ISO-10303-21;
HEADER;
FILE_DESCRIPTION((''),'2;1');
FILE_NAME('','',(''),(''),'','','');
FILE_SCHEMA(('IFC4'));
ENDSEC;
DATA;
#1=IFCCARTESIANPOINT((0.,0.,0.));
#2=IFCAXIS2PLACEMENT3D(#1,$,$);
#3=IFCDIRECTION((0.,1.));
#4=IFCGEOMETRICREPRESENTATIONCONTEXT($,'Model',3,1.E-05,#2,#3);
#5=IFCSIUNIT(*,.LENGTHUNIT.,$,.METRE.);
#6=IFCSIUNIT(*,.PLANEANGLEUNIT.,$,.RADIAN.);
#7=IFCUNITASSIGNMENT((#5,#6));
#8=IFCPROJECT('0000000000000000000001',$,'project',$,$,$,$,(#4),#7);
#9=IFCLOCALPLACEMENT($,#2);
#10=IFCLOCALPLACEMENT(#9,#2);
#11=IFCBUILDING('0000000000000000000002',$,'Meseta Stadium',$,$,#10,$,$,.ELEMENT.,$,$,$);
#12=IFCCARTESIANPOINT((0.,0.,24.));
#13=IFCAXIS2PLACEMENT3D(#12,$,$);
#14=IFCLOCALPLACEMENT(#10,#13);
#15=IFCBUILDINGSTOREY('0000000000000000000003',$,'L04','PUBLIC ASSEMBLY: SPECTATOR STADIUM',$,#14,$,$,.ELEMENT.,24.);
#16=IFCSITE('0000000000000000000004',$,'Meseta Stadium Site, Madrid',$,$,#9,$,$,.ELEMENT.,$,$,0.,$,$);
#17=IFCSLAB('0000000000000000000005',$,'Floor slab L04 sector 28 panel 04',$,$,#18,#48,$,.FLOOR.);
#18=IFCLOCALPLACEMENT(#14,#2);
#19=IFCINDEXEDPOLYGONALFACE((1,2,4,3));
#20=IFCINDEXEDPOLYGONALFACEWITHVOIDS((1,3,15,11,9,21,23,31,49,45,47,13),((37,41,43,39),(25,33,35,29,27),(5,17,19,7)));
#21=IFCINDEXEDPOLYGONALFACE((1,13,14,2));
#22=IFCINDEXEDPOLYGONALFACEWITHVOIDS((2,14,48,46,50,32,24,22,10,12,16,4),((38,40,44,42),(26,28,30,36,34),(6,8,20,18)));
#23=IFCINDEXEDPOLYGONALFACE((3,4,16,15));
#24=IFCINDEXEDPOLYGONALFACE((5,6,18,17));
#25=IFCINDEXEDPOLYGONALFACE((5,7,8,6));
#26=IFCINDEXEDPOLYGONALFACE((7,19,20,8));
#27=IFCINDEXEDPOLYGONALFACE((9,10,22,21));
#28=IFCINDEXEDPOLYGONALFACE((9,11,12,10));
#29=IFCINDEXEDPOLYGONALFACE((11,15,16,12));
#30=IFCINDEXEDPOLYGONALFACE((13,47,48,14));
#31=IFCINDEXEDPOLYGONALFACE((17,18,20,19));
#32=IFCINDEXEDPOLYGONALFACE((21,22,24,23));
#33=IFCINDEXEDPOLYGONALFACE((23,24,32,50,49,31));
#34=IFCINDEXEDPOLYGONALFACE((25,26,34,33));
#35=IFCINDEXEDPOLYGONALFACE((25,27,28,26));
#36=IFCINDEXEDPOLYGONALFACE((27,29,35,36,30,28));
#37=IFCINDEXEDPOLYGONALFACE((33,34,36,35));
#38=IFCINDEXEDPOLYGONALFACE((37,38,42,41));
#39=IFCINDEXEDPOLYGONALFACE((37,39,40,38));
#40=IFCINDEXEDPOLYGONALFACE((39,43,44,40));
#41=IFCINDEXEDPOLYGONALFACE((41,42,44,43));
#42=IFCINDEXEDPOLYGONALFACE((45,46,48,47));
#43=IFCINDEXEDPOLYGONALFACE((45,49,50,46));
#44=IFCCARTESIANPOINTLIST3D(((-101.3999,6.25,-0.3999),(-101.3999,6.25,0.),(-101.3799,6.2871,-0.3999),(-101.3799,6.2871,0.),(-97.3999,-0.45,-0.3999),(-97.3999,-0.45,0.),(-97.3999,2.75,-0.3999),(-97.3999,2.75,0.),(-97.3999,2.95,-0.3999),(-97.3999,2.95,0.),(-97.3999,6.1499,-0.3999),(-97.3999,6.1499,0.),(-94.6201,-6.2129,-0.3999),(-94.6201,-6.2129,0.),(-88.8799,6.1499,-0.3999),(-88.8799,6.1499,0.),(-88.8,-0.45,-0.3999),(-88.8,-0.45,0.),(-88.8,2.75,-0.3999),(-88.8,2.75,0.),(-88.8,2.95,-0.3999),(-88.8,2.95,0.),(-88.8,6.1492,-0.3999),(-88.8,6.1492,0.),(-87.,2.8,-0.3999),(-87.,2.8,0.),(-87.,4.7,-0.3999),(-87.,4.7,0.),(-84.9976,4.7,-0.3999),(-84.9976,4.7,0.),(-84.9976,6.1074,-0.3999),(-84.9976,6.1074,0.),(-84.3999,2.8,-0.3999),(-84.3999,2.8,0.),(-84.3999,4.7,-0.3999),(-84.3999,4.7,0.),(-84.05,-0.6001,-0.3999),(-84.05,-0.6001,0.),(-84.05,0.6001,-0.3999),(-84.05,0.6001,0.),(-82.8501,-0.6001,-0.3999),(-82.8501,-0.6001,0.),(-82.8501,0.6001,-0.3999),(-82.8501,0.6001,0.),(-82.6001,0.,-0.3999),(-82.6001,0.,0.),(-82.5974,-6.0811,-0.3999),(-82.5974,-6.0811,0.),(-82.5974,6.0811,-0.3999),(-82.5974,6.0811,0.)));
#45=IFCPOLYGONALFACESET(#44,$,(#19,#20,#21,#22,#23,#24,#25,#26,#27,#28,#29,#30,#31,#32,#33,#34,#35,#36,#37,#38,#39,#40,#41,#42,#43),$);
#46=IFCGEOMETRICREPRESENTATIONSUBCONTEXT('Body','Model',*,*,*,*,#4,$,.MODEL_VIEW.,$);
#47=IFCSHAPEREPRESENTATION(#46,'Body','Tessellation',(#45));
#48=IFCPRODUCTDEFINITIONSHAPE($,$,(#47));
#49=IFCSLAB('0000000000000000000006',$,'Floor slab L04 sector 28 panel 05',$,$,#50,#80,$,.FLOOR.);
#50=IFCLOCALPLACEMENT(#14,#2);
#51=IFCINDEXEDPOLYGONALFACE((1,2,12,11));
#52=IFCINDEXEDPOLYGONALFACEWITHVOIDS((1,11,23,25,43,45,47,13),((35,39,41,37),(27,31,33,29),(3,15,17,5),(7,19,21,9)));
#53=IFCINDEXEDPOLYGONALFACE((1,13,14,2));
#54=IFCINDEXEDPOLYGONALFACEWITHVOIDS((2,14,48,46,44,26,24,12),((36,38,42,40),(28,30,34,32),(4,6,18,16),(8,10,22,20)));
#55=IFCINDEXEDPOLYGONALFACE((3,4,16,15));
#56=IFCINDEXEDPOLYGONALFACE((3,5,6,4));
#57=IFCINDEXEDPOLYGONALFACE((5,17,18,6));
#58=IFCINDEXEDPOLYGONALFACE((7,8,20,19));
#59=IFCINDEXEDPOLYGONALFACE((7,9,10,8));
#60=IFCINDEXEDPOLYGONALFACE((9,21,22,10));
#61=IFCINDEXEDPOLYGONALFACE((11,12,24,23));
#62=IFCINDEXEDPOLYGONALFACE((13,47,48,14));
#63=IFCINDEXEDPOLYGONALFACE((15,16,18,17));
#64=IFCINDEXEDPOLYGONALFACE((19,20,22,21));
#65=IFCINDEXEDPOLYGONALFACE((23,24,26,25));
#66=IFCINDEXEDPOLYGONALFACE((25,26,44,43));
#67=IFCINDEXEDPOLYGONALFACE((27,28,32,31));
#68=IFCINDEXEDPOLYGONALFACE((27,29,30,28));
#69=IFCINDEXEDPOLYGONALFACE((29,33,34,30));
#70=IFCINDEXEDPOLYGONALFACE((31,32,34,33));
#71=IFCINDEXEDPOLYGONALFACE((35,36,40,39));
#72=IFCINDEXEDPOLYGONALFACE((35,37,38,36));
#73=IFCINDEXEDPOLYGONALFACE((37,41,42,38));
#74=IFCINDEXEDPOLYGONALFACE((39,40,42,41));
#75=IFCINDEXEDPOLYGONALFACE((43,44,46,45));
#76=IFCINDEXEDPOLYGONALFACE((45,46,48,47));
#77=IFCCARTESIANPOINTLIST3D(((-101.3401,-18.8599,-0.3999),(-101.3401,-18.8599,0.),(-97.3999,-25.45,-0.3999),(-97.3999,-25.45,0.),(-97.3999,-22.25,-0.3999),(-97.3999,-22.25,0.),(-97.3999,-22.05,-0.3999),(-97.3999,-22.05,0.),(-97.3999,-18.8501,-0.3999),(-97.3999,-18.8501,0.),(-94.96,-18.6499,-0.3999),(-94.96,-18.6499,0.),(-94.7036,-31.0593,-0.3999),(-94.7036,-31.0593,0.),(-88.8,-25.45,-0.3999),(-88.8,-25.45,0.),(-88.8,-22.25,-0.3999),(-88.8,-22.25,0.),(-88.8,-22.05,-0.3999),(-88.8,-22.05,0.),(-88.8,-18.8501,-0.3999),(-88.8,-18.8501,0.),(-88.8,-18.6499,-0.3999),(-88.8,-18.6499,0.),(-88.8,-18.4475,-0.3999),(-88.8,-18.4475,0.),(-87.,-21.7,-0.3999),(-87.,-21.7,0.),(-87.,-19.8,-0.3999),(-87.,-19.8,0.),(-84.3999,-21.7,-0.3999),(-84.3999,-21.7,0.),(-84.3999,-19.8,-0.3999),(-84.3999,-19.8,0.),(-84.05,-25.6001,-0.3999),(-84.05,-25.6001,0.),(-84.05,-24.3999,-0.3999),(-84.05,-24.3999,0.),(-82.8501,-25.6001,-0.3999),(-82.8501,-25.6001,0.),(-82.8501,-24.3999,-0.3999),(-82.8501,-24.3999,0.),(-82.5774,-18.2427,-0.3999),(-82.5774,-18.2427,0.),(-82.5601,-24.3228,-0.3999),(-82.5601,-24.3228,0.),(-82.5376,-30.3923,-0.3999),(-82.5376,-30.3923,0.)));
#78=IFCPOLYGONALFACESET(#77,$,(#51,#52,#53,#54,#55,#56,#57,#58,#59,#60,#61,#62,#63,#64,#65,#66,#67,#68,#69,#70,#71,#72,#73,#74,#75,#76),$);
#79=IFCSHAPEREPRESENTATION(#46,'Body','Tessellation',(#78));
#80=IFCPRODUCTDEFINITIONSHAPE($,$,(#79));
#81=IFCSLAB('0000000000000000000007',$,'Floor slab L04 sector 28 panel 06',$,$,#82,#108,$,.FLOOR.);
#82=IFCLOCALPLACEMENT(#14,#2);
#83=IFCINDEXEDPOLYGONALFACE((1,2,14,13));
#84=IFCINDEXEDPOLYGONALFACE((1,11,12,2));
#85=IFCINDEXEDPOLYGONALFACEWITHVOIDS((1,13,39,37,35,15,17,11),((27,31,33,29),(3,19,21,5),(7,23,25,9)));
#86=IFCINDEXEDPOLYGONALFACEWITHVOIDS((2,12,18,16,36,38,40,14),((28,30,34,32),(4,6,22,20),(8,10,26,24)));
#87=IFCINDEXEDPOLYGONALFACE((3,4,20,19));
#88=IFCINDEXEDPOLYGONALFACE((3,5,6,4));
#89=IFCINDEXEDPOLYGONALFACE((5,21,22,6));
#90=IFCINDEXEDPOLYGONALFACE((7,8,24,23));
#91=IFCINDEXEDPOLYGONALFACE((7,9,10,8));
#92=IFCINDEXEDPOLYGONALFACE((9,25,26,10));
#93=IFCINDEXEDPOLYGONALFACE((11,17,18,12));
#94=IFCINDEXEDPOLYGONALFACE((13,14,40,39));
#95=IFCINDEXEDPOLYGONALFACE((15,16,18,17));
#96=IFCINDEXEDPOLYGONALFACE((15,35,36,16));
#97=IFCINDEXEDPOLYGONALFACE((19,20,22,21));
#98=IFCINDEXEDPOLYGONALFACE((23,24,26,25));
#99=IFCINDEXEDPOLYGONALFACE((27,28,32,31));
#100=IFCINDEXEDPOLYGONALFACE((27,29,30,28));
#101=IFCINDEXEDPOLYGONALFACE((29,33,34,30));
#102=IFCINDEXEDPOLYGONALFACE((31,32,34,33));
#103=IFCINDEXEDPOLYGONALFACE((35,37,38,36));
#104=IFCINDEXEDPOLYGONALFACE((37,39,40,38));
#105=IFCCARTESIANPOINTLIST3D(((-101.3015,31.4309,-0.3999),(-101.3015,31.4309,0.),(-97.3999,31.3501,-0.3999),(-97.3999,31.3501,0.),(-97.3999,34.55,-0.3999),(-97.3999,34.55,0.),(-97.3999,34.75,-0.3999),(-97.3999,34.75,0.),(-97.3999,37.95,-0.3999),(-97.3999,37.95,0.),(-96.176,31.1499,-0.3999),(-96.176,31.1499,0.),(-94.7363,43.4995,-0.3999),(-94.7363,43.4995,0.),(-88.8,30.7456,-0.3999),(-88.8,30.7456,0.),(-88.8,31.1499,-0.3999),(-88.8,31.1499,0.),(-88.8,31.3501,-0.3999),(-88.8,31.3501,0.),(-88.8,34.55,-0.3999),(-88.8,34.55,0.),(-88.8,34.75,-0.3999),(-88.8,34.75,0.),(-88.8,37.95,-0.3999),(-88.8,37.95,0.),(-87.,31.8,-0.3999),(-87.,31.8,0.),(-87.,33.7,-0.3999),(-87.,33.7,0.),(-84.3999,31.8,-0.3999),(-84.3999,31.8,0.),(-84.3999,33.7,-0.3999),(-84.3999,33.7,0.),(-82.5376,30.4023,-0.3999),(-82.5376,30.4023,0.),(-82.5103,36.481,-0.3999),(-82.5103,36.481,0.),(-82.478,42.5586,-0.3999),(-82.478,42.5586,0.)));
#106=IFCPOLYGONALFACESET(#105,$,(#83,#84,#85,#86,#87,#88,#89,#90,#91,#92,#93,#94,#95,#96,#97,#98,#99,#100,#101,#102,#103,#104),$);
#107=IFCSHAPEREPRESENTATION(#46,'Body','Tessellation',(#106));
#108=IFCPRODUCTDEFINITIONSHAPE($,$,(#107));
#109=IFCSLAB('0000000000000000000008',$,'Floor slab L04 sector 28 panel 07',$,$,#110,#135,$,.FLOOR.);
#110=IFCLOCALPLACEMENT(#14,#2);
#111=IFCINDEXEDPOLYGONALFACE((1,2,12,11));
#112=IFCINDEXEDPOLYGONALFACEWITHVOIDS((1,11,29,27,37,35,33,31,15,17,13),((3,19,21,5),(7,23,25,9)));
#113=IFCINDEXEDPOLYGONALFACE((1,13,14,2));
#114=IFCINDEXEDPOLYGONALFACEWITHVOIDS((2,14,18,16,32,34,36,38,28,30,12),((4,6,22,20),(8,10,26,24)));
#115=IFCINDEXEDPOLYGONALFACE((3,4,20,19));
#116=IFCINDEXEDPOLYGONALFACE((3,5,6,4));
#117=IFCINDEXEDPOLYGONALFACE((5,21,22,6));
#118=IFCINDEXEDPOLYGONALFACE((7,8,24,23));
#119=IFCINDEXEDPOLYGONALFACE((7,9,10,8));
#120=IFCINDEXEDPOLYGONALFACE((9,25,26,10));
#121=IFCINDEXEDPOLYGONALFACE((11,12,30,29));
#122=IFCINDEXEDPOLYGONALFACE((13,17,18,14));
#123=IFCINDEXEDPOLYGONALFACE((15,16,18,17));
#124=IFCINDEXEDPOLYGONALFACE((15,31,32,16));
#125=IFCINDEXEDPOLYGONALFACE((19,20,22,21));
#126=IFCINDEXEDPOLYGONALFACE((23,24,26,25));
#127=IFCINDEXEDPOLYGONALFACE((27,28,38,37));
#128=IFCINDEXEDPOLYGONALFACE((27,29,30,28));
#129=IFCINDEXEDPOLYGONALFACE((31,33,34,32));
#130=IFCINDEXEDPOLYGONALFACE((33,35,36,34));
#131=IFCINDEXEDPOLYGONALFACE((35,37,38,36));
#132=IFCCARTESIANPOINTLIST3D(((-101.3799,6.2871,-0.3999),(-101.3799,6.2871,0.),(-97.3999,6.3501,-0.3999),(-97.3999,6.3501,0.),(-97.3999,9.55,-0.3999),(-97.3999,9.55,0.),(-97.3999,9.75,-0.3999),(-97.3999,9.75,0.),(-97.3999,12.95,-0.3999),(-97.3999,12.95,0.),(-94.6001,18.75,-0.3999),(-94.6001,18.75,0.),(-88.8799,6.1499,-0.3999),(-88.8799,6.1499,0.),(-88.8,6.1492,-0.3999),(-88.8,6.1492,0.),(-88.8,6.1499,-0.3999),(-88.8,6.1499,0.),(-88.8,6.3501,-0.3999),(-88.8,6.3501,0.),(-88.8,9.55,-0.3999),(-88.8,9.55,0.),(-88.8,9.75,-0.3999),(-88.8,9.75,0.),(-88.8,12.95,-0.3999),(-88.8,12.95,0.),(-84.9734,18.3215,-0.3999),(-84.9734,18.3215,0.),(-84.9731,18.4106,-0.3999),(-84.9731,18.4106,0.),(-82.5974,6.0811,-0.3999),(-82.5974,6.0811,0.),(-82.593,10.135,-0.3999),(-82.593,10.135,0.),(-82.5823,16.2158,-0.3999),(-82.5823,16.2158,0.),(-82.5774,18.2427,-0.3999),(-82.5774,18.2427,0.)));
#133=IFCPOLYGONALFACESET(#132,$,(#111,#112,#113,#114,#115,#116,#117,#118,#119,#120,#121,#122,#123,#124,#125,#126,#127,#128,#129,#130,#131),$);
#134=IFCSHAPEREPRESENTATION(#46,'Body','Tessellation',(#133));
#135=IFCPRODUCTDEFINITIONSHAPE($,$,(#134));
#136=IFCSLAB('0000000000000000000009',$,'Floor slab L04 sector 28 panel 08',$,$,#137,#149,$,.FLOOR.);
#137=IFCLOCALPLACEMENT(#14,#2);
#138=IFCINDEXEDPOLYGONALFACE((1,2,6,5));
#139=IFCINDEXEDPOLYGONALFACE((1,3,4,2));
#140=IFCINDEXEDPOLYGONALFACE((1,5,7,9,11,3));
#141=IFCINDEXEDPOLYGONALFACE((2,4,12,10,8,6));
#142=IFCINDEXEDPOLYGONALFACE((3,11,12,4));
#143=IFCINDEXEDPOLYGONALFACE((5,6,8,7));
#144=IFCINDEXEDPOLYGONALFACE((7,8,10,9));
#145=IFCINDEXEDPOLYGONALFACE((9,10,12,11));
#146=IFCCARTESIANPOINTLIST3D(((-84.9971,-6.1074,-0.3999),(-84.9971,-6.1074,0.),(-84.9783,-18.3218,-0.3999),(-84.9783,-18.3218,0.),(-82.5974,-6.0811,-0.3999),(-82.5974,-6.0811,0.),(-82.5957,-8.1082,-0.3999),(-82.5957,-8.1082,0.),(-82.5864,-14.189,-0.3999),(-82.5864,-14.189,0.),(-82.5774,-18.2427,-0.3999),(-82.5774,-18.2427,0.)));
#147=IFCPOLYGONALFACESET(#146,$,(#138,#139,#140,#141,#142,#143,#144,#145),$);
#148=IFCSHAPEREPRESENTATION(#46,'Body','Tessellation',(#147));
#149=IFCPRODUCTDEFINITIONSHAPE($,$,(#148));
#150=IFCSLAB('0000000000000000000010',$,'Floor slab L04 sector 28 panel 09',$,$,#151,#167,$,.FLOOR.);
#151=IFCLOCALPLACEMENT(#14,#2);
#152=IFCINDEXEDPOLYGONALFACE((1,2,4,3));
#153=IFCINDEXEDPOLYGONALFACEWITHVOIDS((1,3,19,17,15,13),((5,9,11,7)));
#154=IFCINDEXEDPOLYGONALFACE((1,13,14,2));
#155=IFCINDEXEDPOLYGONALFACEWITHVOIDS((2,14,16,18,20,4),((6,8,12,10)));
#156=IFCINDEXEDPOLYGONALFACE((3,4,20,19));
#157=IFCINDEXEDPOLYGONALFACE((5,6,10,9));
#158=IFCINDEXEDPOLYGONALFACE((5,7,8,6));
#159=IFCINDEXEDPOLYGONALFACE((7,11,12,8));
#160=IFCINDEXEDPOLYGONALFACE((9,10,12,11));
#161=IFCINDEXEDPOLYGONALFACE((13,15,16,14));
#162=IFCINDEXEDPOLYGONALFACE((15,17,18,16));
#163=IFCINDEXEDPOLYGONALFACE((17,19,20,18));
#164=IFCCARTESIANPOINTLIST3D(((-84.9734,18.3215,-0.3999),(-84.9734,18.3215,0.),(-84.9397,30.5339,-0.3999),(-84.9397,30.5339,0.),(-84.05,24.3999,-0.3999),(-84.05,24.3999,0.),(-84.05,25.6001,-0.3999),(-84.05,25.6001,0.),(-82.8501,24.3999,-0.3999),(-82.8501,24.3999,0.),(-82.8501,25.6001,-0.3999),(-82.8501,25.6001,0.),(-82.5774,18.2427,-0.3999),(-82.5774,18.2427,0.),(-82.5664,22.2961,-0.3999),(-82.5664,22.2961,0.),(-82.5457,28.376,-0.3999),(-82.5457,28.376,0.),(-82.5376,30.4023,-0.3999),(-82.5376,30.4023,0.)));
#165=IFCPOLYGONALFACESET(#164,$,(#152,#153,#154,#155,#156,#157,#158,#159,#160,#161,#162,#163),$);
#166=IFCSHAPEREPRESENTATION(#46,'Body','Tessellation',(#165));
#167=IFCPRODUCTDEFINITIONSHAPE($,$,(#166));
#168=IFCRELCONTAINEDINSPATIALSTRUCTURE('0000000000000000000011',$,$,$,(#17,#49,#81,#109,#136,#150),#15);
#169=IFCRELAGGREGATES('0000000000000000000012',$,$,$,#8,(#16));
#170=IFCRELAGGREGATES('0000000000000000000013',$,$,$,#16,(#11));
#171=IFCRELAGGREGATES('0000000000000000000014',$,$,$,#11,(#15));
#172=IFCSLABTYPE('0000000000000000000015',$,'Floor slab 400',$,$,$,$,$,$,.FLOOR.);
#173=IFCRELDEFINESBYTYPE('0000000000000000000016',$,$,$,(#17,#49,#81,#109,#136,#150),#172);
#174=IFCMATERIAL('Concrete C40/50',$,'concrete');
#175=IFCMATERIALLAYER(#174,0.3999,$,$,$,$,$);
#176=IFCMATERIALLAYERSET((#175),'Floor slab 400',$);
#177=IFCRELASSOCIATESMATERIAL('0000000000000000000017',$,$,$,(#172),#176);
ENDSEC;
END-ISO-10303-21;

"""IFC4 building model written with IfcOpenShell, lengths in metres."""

from ifc_helpers import new_model, si_unit, direction, frame, origin, place, context, subcontext, project, spatial, polyline, outline, extrude, material, layer, layer_set, type_object, element, save


model = new_model("IFC4")

# Units and contexts
model_context = context("Model", 3, precision=1e-05, world=origin(), true_north=direction((0.0, 1.0)))
body_context = subcontext(model_context, "Body", "Model", "MODEL_VIEW")
ifc_project = project(units=[si_unit("LENGTHUNIT", "METRE"), si_unit("PLANEANGLEUNIT", "RADIAN")], contexts=[model_context])

# Site, building, storey
site_placement = place(None, origin())
site = spatial("IfcSite", under=ifc_project, at=site_placement, Name="Meseta Stadium Site, Madrid", CompositionType="ELEMENT", RefElevation=0.0)
building_placement = place(site_placement, origin())
building = spatial("IfcBuilding", under=site, at=building_placement, Name="Meseta Stadium", CompositionType="ELEMENT")
storey_placement = place(building_placement, frame((0.0, 0.0, 24.0)))
storey = spatial("IfcBuildingStorey", under=building, at=storey_placement, Name="L04", Description="PUBLIC ASSEMBLY: SPECTATOR STADIUM", CompositionType="ELEMENT", Elevation=24.0)

# Slabs
ifc_material = material(Name="Concrete C40/50", Category="concrete")
ifc_layer = layer(ifc_material, 0.3999)
ifc_layer_set = layer_set([ifc_layer], Name="Floor slab 400")
slab_type = type_object("IfcSlabType", Name="Floor slab 400", PredefinedType="FLOOR", material=ifc_layer_set)
slab_1_placement = place(storey_placement, frame((0.0, 0.0, -0.3999)))
element("IfcSlab", 1, at=slab_1_placement, inside=storey, type_object=slab_type, Name="Floor slab L04 sector 28 panel 04", PredefinedType="FLOOR", context=body_context, shape_type="SweptSolid", body=[
    extrude(outline(polyline([(-88.8799, 6.1499), (-101.3799, 6.2871), (-101.3999, 6.25), (-94.6201, -6.2129), (-82.5974, -6.0811), (-82.6001, 0.0), (-82.5974, 6.0811), (-84.9976, 6.1074), (-88.8, 6.1492), (-88.8, 2.95), (-97.3999, 2.95), (-97.3999, 6.1499), (-88.8799, 6.1499)]), holes=[polyline([(-87.0, 4.7), (-84.9976, 4.7), (-84.3999, 4.7), (-84.3999, 2.8), (-87.0, 2.8), (-87.0, 4.7)]), polyline([(-88.8, -0.45), (-97.3999, -0.45), (-97.3999, 2.75), (-88.8, 2.75), (-88.8, -0.45)]), polyline([(-82.8501, -0.6001), (-84.05, -0.6001), (-84.05, 0.6001), (-82.8501, 0.6001), (-82.8501, -0.6001)])]), origin(), (0.0, 0.0, 1.0), 0.3999),
])
slab_2_placement = place(storey_placement, frame((0.0, 0.0, -0.3999)))
element("IfcSlab", 2, at=slab_2_placement, inside=storey, type_object=slab_type, Name="Floor slab L04 sector 28 panel 05", PredefinedType="FLOOR", context=body_context, shape_type="SweptSolid", body=[
    extrude(outline(polyline([(-94.96, -18.6499), (-101.3401, -18.8599), (-94.7036, -31.0593), (-82.5376, -30.3923), (-82.5601, -24.3228), (-82.5774, -18.2427), (-88.8, -18.4475), (-88.8, -18.6499), (-94.96, -18.6499)]), holes=[polyline([(-87.0, -21.7), (-87.0, -19.8), (-84.3999, -19.8), (-84.3999, -21.7), (-87.0, -21.7)]), polyline([(-88.8, -25.45), (-97.3999, -25.45), (-97.3999, -22.25), (-88.8, -22.25), (-88.8, -25.45)]), polyline([(-88.8, -22.05), (-97.3999, -22.05), (-97.3999, -18.8501), (-88.8, -18.8501), (-88.8, -22.05)]), polyline([(-84.05, -25.6001), (-84.05, -24.3999), (-82.8501, -24.3999), (-82.8501, -25.6001), (-84.05, -25.6001)])]), origin(), (0.0, 0.0, 1.0), 0.3999),
])
slab_3_placement = place(storey_placement, frame((0.0, 0.0, -0.3999)))
element("IfcSlab", 3, at=slab_3_placement, inside=storey, type_object=slab_type, Name="Floor slab L04 sector 28 panel 06", PredefinedType="FLOOR", context=body_context, shape_type="SweptSolid", body=[
    extrude(outline(polyline([(-88.8, 31.1499), (-88.8, 30.7456), (-82.5376, 30.4023), (-82.5103, 36.481), (-82.478, 42.5586), (-94.7363, 43.4995), (-101.3015, 31.4309), (-96.176, 31.1499), (-88.8, 31.1499)]), holes=[polyline([(-87.0, 31.8), (-87.0, 33.7), (-84.3999, 33.7), (-84.3999, 31.8), (-87.0, 31.8)]), polyline([(-88.8, 31.3501), (-97.3999, 31.3501), (-97.3999, 34.55), (-88.8, 34.55), (-88.8, 31.3501)]), polyline([(-88.8, 34.75), (-97.3999, 34.75), (-97.3999, 37.95), (-88.8, 37.95), (-88.8, 34.75)])]), origin(), (0.0, 0.0, 1.0), 0.3999),
])
slab_4_placement = place(storey_placement, frame((0.0, 0.0, -0.3999)))
element("IfcSlab", 4, at=slab_4_placement, inside=storey, type_object=slab_type, Name="Floor slab L04 sector 28 panel 07", PredefinedType="FLOOR", context=body_context, shape_type="SweptSolid", body=[
    extrude(outline(polyline([(-88.8799, 6.1499), (-88.8, 6.1499), (-88.8, 6.1492), (-82.5974, 6.0811), (-82.593, 10.135), (-82.5823, 16.2158), (-82.5774, 18.2427), (-84.9734, 18.3215), (-84.9731, 18.4106), (-94.6001, 18.75), (-101.3799, 6.2871), (-88.8799, 6.1499)]), holes=[polyline([(-97.3999, 9.55), (-88.8, 9.55), (-88.8, 6.3501), (-97.3999, 6.3501), (-97.3999, 9.55)]), polyline([(-97.3999, 12.95), (-88.8, 12.95), (-88.8, 9.75), (-97.3999, 9.75), (-97.3999, 12.95)])]), origin(), (0.0, 0.0, 1.0), 0.3999),
])
slab_5_placement = place(storey_placement, frame((0.0, 0.0, -0.3999)))
element("IfcSlab", 5, at=slab_5_placement, inside=storey, type_object=slab_type, Name="Floor slab L04 sector 28 panel 08", PredefinedType="FLOOR", context=body_context, shape_type="SweptSolid", body=[
    extrude(outline(polyline([(-82.5864, -14.189), (-82.5957, -8.1082), (-82.5974, -6.0811), (-84.9971, -6.1074), (-84.9783, -18.3218), (-82.5774, -18.2427), (-82.5864, -14.189)])), origin(), (0.0, 0.0, 1.0), 0.3999),
])
slab_6_placement = place(storey_placement, frame((0.0, 0.0, -0.3999)))
element("IfcSlab", 6, at=slab_6_placement, inside=storey, type_object=slab_type, Name="Floor slab L04 sector 28 panel 09", PredefinedType="FLOOR", context=body_context, shape_type="SweptSolid", body=[
    extrude(outline(polyline([(-82.5664, 22.2961), (-82.5457, 28.376), (-82.5376, 30.4023), (-84.9397, 30.5339), (-84.9734, 18.3215), (-82.5774, 18.2427), (-82.5664, 22.2961)]), holes=[polyline([(-84.05, 24.3999), (-84.05, 25.6001), (-82.8501, 25.6001), (-82.8501, 24.3999), (-84.05, 24.3999)])]), origin(), (0.0, 0.0, 1.0), 0.3999),
])

save(model, "model.ifc")
